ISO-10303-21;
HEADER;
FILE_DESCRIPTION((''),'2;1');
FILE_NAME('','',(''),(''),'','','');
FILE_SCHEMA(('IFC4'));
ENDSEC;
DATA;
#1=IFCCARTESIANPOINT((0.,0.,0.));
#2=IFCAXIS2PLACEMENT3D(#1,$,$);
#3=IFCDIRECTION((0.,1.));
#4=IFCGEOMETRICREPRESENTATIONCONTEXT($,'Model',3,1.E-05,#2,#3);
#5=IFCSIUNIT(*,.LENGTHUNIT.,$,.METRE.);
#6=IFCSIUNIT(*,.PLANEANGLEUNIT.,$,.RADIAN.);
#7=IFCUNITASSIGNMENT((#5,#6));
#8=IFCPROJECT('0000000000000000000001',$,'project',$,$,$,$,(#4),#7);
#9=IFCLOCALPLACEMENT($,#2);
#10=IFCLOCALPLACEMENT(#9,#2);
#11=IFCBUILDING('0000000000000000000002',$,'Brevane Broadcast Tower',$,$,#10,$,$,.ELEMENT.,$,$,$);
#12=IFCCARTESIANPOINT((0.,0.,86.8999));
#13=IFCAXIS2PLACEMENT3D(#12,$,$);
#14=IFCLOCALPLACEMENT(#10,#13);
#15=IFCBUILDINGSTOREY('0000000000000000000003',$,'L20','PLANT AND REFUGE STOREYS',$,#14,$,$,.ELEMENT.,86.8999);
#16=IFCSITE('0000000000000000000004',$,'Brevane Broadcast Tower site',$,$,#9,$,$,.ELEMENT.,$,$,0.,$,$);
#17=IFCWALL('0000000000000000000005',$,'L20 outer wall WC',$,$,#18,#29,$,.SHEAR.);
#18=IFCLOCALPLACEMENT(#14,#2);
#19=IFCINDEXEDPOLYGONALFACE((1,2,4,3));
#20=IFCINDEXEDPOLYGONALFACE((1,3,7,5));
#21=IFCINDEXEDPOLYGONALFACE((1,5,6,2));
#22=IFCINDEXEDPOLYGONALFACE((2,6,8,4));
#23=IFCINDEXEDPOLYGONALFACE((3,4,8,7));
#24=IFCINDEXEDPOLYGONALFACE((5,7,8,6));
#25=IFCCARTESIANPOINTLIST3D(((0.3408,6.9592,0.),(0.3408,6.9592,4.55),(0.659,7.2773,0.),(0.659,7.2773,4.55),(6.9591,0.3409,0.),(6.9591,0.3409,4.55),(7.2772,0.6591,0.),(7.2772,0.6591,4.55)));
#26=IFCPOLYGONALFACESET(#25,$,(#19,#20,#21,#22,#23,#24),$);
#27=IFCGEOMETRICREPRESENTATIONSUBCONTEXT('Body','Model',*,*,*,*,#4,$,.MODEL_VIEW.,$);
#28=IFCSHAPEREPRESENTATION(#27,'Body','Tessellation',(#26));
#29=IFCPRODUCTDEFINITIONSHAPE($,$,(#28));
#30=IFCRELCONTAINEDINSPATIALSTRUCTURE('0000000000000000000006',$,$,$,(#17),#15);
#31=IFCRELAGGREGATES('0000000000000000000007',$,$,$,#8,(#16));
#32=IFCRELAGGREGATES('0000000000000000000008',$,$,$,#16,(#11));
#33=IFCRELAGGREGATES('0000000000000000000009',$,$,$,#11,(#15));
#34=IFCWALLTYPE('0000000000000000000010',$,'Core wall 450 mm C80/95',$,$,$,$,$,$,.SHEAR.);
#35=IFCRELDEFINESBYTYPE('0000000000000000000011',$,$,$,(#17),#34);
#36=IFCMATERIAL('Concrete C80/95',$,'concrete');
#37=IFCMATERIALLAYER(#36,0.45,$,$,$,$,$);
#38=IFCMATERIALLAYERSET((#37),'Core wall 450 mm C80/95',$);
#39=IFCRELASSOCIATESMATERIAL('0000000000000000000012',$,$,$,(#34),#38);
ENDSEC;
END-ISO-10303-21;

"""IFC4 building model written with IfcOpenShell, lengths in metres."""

from ifc_helpers import new_model, si_unit, direction, frame, frame_2d, origin, place, context, subcontext, project, spatial, rectangle, extrude, material, layer, layer_set, type_object, element, save


model = new_model("IFC4")

# Units and contexts
model_context = context("Model", 3, precision=1e-05, world=origin(), true_north=direction((0.0, 1.0)))
body_context = subcontext(model_context, "Body", "Model", "MODEL_VIEW")
ifc_project = project(units=[si_unit("LENGTHUNIT", "METRE"), si_unit("PLANEANGLEUNIT", "RADIAN")], contexts=[model_context])

# Site, building, storey
site_placement = place(None, origin())
site = spatial("IfcSite", under=ifc_project, at=site_placement, Name="Brevane Broadcast Tower site", CompositionType="ELEMENT", RefElevation=0.0)
building_placement = place(site_placement, origin())
building = spatial("IfcBuilding", under=site, at=building_placement, Name="Brevane Broadcast Tower", CompositionType="ELEMENT")
storey_placement = place(building_placement, frame((0.0, 0.0, 86.8999)))
storey = spatial("IfcBuildingStorey", under=building, at=storey_placement, Name="L20", Description="PLANT AND REFUGE STOREYS", CompositionType="ELEMENT", Elevation=86.8999)

# Shared definitions
ifc_material_1 = material(Name="Concrete C80/95", Category="concrete")

# Wall
ifc_layer_1 = layer(ifc_material_1, 0.45)
ifc_layer_set_1 = layer_set([ifc_layer_1], Name="Core wall 450 mm C80/95")
wall_type_1 = type_object("IfcWallType", Name="Core wall 450 mm C80/95", PredefinedType="SHEAR", material=ifc_layer_set_1)
wall_1_placement = place(storey_placement, frame((0.5, 7.1182, 0.0), z_axis=(0.0, 0.0, 1.0), x_axis=(0.707107, -0.707107, 0.0)))
element("IfcWall", 1, at=wall_1_placement, inside=storey, type_object=wall_type_1, Name="L20 outer wall WC", PredefinedType="SHEAR", context=body_context, shape_type="SweptSolid", body=[
    extrude(rectangle(XDim=9.3596, YDim=0.45, at=frame_2d((4.6797, 0.0))), origin(), (0.0, 0.0, 1.0), 4.55),
])

save(model, "model.ifc")
